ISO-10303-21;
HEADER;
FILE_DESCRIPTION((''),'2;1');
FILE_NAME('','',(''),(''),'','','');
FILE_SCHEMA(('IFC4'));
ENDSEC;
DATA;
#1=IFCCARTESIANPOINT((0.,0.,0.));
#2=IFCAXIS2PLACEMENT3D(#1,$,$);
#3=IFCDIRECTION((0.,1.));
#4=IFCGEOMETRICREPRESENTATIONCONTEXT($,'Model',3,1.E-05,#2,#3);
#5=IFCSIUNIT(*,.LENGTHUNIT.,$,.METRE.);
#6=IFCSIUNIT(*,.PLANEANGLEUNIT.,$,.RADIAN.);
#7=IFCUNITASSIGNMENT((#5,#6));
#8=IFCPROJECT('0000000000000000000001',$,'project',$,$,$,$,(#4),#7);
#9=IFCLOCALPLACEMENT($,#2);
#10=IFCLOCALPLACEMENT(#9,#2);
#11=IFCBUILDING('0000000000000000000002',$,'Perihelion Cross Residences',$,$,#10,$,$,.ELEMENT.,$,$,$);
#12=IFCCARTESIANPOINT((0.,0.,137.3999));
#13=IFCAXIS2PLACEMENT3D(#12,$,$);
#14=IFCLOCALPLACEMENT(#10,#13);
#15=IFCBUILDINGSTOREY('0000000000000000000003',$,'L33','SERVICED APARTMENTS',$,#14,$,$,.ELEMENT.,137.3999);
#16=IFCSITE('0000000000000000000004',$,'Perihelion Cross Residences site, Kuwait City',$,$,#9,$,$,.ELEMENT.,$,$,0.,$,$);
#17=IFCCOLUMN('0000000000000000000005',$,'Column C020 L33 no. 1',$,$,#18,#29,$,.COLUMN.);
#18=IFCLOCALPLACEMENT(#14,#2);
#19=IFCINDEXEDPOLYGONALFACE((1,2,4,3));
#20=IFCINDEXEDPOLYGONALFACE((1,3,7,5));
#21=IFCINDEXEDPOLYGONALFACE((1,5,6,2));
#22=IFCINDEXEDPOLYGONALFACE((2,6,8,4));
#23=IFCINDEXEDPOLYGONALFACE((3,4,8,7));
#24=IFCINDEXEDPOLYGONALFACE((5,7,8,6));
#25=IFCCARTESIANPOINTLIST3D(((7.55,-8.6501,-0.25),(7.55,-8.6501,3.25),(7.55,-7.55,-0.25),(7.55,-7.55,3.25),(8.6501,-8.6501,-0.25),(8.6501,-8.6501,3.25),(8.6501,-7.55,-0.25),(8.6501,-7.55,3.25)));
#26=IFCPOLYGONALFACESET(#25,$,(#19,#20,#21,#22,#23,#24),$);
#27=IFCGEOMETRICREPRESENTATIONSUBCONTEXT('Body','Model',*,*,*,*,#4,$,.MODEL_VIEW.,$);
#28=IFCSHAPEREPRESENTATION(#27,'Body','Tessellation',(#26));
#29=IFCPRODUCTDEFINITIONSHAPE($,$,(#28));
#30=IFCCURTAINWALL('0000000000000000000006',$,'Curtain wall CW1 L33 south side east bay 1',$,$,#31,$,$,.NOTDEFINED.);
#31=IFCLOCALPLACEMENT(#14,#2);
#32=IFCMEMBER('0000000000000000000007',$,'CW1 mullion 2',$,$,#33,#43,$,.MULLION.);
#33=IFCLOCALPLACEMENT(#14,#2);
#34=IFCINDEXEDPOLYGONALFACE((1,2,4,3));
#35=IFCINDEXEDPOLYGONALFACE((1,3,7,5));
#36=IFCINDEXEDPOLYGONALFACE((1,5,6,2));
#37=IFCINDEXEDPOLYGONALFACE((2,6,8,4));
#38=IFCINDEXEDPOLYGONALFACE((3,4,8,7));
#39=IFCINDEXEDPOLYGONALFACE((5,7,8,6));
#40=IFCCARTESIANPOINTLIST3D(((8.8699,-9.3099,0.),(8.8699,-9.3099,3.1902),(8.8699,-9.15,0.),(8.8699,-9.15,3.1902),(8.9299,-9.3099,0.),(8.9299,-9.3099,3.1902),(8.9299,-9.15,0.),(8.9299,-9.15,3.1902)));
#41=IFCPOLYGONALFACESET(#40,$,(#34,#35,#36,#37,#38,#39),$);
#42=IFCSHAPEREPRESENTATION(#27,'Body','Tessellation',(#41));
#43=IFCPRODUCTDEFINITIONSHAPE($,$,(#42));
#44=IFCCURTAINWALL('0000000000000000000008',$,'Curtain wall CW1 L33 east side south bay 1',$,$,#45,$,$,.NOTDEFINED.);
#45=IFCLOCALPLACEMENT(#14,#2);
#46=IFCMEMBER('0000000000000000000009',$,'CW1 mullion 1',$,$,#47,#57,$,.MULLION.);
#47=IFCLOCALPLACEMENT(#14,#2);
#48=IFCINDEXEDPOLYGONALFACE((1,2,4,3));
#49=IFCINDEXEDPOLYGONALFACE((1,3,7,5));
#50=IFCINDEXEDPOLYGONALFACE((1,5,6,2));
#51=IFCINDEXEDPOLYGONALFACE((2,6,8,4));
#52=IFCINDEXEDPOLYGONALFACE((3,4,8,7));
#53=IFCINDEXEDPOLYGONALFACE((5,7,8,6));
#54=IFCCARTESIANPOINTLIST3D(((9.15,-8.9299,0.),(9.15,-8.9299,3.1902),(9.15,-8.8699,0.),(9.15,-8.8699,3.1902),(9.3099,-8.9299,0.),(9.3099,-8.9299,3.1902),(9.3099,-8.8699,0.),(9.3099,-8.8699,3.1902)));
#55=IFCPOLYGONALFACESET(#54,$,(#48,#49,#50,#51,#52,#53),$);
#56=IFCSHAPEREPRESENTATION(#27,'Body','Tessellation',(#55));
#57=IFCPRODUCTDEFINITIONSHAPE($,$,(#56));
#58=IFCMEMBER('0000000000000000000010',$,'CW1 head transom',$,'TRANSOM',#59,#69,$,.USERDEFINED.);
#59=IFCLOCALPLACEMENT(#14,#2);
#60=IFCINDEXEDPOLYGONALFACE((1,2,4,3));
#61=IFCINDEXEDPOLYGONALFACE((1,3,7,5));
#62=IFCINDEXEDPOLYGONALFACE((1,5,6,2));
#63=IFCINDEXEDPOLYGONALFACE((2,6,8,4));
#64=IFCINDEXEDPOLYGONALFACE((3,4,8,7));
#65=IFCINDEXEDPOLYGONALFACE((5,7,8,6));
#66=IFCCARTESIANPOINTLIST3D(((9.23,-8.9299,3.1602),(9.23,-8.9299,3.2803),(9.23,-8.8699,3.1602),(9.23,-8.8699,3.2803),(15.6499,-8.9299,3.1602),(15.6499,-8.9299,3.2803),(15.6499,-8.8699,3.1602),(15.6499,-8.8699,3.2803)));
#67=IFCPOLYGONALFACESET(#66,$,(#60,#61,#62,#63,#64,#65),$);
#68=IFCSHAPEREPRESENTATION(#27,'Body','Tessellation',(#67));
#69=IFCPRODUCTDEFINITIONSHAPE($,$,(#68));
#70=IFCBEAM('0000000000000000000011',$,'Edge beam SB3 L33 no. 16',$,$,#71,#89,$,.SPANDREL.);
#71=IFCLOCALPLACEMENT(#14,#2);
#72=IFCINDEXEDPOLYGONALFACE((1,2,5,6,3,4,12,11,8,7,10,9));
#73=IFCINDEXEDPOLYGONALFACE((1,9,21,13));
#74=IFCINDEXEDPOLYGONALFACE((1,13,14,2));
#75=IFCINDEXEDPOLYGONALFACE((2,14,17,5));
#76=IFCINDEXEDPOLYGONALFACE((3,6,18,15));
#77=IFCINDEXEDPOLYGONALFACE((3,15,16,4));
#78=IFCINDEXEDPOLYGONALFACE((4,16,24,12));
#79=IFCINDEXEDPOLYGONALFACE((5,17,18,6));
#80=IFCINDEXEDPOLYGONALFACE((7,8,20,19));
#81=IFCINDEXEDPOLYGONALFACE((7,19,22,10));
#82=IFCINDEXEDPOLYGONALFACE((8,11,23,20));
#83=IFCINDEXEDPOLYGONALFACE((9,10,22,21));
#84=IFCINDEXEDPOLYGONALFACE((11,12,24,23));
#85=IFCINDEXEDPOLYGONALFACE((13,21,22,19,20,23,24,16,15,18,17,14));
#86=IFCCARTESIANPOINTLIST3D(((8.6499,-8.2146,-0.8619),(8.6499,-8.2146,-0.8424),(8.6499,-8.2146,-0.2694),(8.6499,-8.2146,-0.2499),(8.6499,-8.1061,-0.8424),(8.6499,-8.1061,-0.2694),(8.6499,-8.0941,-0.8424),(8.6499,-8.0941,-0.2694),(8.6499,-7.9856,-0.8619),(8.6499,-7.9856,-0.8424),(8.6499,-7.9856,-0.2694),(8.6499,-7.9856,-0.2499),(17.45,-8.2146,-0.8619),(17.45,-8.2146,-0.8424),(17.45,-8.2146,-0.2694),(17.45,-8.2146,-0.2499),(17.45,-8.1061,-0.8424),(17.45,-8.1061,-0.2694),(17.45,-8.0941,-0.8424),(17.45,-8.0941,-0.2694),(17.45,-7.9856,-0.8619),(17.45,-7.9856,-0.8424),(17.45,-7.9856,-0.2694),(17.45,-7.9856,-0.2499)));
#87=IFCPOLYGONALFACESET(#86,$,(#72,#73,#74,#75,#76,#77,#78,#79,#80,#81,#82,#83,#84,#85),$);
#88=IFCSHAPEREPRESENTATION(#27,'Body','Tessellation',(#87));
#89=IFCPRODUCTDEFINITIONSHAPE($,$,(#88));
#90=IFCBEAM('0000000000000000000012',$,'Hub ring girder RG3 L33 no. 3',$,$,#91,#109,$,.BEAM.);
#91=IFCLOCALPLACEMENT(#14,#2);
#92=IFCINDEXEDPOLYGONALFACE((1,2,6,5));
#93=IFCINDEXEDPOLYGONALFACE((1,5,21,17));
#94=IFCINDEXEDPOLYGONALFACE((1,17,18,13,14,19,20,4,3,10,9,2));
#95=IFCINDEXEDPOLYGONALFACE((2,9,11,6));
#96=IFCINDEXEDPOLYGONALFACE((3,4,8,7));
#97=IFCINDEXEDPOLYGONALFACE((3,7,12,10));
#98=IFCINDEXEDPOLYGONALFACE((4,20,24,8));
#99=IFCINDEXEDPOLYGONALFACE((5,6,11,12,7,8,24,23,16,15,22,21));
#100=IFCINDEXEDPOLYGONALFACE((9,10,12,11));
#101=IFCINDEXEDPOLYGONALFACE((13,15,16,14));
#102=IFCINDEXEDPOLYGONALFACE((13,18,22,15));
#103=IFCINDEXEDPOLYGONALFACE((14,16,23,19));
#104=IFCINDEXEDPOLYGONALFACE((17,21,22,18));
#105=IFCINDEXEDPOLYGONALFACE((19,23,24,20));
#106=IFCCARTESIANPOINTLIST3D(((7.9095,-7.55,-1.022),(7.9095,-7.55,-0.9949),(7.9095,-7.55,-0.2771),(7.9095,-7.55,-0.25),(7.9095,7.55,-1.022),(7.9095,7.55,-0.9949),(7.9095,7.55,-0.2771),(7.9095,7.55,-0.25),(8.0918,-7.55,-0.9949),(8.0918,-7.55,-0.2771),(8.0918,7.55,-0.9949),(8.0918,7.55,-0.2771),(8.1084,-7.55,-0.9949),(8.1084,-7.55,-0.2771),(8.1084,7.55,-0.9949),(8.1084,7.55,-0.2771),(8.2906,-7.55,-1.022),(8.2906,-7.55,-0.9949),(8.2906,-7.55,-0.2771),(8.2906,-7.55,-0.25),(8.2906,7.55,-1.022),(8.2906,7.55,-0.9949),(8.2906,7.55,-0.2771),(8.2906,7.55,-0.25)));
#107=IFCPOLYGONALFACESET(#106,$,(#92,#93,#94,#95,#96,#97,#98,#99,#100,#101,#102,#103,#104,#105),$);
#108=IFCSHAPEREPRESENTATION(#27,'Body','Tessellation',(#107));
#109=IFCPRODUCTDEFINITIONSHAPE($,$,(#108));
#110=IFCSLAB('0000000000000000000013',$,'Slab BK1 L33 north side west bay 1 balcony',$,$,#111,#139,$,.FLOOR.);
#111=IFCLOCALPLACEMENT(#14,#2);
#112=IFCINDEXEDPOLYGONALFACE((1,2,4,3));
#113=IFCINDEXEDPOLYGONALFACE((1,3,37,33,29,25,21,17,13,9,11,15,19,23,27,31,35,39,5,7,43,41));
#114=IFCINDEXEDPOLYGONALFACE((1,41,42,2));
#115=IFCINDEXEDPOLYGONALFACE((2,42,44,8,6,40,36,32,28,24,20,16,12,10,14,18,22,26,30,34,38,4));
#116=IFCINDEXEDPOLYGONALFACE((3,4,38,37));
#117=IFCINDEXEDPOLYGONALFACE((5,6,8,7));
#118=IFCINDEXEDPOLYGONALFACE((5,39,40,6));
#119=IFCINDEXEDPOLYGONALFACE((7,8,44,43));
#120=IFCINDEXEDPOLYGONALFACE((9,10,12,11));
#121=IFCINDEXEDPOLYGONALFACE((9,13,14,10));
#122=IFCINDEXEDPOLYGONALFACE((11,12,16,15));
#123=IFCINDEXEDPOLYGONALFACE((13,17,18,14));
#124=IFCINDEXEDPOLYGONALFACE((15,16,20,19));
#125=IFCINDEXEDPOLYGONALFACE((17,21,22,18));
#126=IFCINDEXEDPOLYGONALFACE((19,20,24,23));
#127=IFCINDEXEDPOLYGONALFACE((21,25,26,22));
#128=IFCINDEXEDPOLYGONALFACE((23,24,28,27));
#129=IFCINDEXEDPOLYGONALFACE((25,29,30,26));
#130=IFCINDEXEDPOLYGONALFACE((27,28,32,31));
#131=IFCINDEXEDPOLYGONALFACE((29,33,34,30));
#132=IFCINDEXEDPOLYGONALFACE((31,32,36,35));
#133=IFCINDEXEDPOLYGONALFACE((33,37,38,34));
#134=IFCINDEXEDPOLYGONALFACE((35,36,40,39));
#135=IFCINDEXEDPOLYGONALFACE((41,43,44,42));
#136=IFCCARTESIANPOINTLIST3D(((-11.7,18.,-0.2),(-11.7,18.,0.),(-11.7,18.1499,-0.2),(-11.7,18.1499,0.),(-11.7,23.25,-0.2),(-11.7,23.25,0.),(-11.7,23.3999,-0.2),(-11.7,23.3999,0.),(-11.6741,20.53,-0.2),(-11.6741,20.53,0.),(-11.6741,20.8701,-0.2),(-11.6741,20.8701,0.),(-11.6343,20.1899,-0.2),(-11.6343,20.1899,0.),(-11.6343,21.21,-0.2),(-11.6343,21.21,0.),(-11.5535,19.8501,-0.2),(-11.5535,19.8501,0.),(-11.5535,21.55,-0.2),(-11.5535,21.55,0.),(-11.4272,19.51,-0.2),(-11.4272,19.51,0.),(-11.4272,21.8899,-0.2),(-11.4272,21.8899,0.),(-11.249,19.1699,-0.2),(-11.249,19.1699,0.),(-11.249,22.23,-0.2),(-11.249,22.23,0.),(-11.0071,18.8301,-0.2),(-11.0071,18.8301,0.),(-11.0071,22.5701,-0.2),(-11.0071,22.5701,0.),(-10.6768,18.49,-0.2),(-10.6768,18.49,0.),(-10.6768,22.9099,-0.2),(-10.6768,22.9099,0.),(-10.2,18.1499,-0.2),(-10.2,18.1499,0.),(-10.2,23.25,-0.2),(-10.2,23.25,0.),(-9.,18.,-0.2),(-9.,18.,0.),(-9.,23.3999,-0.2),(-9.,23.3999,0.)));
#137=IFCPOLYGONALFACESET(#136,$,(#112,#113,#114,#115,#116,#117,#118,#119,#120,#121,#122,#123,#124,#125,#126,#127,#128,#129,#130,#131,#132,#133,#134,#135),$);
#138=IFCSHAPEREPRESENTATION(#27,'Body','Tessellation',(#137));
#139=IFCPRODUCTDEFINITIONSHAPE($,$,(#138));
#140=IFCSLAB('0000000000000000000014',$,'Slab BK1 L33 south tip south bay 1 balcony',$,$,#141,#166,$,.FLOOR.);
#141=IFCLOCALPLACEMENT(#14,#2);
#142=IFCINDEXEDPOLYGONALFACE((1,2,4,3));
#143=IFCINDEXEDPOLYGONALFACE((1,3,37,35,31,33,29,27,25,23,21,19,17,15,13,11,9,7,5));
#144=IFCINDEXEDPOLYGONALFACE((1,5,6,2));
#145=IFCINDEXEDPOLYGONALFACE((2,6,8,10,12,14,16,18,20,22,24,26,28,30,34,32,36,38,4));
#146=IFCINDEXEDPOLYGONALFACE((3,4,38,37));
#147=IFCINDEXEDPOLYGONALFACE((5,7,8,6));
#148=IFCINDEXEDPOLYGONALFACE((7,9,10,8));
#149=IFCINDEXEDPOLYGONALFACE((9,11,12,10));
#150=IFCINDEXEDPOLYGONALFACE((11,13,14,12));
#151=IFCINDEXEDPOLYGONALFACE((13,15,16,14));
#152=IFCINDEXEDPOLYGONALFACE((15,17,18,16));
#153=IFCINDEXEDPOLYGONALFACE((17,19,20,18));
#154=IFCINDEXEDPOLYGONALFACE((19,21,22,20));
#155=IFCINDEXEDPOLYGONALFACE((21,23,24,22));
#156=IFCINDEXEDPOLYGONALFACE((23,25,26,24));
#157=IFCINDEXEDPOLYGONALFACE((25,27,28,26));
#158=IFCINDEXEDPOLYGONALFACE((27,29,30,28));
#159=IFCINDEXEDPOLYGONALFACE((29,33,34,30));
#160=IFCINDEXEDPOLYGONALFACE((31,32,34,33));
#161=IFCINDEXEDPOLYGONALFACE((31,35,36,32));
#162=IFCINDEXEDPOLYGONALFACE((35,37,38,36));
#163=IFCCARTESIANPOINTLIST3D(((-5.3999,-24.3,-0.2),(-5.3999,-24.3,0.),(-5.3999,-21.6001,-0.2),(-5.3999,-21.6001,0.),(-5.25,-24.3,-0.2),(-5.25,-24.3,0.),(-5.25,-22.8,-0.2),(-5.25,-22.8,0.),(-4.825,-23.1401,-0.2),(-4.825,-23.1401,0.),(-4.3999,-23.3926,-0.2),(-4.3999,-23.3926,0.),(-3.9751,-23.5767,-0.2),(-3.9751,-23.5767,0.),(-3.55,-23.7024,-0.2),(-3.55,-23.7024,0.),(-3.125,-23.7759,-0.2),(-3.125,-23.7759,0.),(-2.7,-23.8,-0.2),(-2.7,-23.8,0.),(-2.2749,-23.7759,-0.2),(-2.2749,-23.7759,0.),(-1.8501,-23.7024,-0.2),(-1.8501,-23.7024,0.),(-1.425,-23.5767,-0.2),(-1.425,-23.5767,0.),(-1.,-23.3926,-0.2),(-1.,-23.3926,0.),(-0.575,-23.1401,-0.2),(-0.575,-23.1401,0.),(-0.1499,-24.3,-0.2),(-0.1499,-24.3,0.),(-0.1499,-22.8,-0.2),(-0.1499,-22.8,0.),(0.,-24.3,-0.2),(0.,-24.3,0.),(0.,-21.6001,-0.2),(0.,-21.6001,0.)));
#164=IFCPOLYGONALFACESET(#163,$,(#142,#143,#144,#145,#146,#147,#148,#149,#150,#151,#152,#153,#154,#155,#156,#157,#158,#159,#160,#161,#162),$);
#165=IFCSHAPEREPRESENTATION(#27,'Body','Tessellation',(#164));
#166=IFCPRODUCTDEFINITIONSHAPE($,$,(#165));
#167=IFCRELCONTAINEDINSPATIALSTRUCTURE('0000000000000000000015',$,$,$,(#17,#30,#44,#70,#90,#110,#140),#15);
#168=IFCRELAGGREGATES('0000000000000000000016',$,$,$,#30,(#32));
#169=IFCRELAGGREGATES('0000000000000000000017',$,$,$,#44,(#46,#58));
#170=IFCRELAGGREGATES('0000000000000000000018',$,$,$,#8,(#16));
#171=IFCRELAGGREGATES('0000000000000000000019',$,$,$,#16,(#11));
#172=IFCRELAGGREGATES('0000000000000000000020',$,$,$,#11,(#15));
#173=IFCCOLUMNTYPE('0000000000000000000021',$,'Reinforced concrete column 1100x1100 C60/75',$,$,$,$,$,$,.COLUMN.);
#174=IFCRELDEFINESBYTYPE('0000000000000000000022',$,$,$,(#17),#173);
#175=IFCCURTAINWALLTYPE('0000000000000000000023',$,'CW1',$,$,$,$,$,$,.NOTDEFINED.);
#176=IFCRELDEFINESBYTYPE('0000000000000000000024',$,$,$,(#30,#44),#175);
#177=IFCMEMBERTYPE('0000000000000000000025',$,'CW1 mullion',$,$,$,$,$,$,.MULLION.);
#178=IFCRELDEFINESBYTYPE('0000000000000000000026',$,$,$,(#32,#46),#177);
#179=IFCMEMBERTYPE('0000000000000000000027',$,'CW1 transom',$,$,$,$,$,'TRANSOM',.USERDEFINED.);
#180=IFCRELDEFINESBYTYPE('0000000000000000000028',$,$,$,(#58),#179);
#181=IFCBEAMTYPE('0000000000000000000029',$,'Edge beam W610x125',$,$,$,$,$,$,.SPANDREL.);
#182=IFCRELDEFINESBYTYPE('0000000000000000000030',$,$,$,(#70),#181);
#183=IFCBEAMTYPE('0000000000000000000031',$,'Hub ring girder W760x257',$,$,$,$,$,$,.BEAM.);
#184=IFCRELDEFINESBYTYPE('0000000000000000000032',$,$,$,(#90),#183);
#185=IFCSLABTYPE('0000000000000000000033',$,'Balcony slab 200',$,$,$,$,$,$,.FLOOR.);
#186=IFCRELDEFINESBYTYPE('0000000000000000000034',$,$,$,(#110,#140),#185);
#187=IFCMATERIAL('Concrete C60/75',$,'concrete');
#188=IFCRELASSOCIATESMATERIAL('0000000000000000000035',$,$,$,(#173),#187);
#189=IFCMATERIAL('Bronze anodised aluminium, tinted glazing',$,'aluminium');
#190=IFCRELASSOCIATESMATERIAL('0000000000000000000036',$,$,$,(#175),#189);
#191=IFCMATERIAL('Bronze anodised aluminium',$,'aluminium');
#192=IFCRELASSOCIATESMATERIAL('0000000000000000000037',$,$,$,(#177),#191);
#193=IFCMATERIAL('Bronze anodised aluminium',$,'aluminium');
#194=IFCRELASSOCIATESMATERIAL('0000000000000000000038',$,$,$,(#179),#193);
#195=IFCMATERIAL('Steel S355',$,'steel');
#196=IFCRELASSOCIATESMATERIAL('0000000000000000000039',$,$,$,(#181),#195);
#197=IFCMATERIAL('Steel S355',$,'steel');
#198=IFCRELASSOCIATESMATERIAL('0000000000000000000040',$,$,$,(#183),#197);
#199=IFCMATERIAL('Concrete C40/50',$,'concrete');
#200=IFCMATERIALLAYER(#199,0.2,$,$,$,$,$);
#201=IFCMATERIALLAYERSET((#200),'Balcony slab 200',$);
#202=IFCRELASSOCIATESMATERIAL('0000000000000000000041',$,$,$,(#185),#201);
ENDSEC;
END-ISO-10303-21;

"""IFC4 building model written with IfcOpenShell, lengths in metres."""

from ifc_helpers import new_model, si_unit, direction, frame, origin, origin_2d, place, context, subcontext, project, spatial, polyline, rectangle, i_section, outline, extrude, material, layer, layer_set, material_profile, profile_set, type_object, element, aggregate, save


model = new_model("IFC4")

# Units and contexts
model_context = context("Model", 3, precision=1e-05, world=origin(), true_north=direction((0.0, 1.0)))
body_context = subcontext(model_context, "Body", "Model", "MODEL_VIEW")
ifc_project = project(units=[si_unit("LENGTHUNIT", "METRE"), si_unit("PLANEANGLEUNIT", "RADIAN")], contexts=[model_context])

# Site, building, storey
site_placement = place(None, origin())
site = spatial("IfcSite", under=ifc_project, at=site_placement, Name="Perihelion Cross Residences site, Kuwait City", CompositionType="ELEMENT", RefElevation=0.0)
building_placement = place(site_placement, origin())
building = spatial("IfcBuilding", under=site, at=building_placement, Name="Perihelion Cross Residences", CompositionType="ELEMENT")
storey_placement = place(building_placement, frame((0.0, 0.0, 137.3999)))
storey = spatial("IfcBuildingStorey", under=building, at=storey_placement, Name="L33", Description="SERVICED APARTMENTS", CompositionType="ELEMENT", Elevation=137.3999)

# Column
ifc_material_1 = material(Name="Concrete C60/75", Category="concrete")
ifc_material_profile_1 = material_profile(ifc_material_1, rectangle(XDim=1.1001, YDim=1.1001, at=origin_2d()), Name="RC 1100x1100")
ifc_profile_set_1 = profile_set([ifc_material_profile_1], Name="Concrete C60/75")
column_type = type_object("IfcColumnType", Name="Reinforced concrete column 1100x1100 C60/75", PredefinedType="COLUMN", material=ifc_profile_set_1)
column_placement = place(storey_placement, frame((8.1001, -8.1001, -0.25), z_axis=(0.0, 0.0, 1.0), x_axis=(1.0, 0.0, 0.0)))
element("IfcColumn", 1, at=column_placement, inside=storey, type_object=column_type, Name="Column C020 L33 no. 1", PredefinedType="COLUMN", context=body_context, shape_type="SweptSolid", body=[
    extrude(rectangle(XDim=1.1001, YDim=1.1001, at=origin_2d()), origin(), (0.0, 0.0, 1.0), 3.5),
])

# Curtain wall, member
ifc_material_2 = material(Name="Bronze anodised aluminium, tinted glazing", Category="aluminium")
curtain_wall_type = type_object("IfcCurtainWallType", Name="CW1", PredefinedType="NOTDEFINED", material=ifc_material_2)
curtain_wall_1_placement = place(storey_placement, origin())
curtain_wall_1 = element("IfcCurtainWall", 2, at=curtain_wall_1_placement, inside=storey, type_object=curtain_wall_type, Name="Curtain wall CW1 L33 south side east bay 1", PredefinedType="NOTDEFINED")
ifc_material_3 = material(Name="Bronze anodised aluminium", Category="aluminium")
ifc_material_profile_2 = material_profile(ifc_material_3, rectangle(XDim=0.0601, YDim=0.1599, at=origin_2d()), Name="CW1 mullion")
ifc_profile_set_2 = profile_set([ifc_material_profile_2], Name="Bronze anodised aluminium")
member_type_1 = type_object("IfcMemberType", Name="CW1 mullion", PredefinedType="MULLION", material=ifc_profile_set_2)
member_1_placement = place(storey_placement, frame((8.8999, -9.23, 0.0), z_axis=(0.0, 0.0, 1.0), x_axis=(-1.0, 0.0, 0.0)))
member_1 = element("IfcMember", 3, at=member_1_placement, type_object=member_type_1, Name="CW1 mullion 2", PredefinedType="MULLION", context=body_context, shape_type="SweptSolid", body=[
    extrude(rectangle(XDim=0.0601, YDim=0.1599, at=origin_2d()), origin(), (0.0, 0.0, 1.0), 3.1902),
])
aggregate(curtain_wall_1, [member_1])

# Curtain wall, members
curtain_wall_2_placement = place(storey_placement, origin())
curtain_wall_2 = element("IfcCurtainWall", 4, at=curtain_wall_2_placement, inside=storey, type_object=curtain_wall_type, Name="Curtain wall CW1 L33 east side south bay 1", PredefinedType="NOTDEFINED")
member_2_placement = place(storey_placement, frame((9.23, -8.8999, 0.0), z_axis=(0.0, 0.0, 1.0), x_axis=(0.0, 1.0, 0.0)))
member_2 = element("IfcMember", 5, at=member_2_placement, type_object=member_type_1, Name="CW1 mullion 1", PredefinedType="MULLION", context=body_context, shape_type="SweptSolid", body=[
    extrude(rectangle(XDim=0.0601, YDim=0.1599, at=origin_2d()), origin(), (0.0, 0.0, 1.0), 3.1902),
])
ifc_material_4 = material(Name="Bronze anodised aluminium", Category="aluminium")
ifc_material_profile_3 = material_profile(ifc_material_4, rectangle(XDim=0.0601, YDim=0.1201, at=origin_2d()), Name="CW1 transom")
ifc_profile_set_3 = profile_set([ifc_material_profile_3], Name="Bronze anodised aluminium")
member_type_2 = type_object("IfcMemberType", Name="CW1 transom", ElementType="TRANSOM", PredefinedType="USERDEFINED", material=ifc_profile_set_3)
member_3_placement = place(storey_placement, frame((9.23, -8.8999, 3.2202), z_axis=(1.0, 0.0, 0.0), x_axis=(0.0, 1.0, 0.0)))
member_3 = element("IfcMember", 6, at=member_3_placement, type_object=member_type_2, Name="CW1 head transom", ObjectType="TRANSOM", PredefinedType="USERDEFINED", context=body_context, shape_type="SweptSolid", body=[
    extrude(rectangle(XDim=0.0601, YDim=0.1201, at=origin_2d()), origin(), (0.0, 0.0, 1.0), 6.4199),
])
aggregate(curtain_wall_2, [member_2, member_3])

# Beams
ifc_material_5 = material(Name="Steel S355", Category="steel")
ifc_material_profile_4 = material_profile(ifc_material_5, i_section(OverallWidth=0.229, OverallDepth=0.6121, WebThickness=0.012, FlangeThickness=0.0195, at=origin_2d()), Name="W610x125")
ifc_profile_set_4 = profile_set([ifc_material_profile_4], Name="Steel S355")
beam_type_1 = type_object("IfcBeamType", Name="Edge beam W610x125", PredefinedType="SPANDREL", material=ifc_profile_set_4)
beam_1_placement = place(storey_placement, frame((8.6499, -8.1001, -0.5559), z_axis=(1.0, 0.0, 0.0), x_axis=(0.0, 1.0, 0.0)))
element("IfcBeam", 7, at=beam_1_placement, inside=storey, type_object=beam_type_1, Name="Edge beam SB3 L33 no. 16", PredefinedType="SPANDREL", context=body_context, shape_type="SweptSolid", body=[
    extrude(i_section(OverallWidth=0.229, OverallDepth=0.6121, WebThickness=0.012, FlangeThickness=0.0195, at=origin_2d()), origin(), (0.0, 0.0, 1.0), 8.8),
])
ifc_material_6 = material(Name="Steel S355", Category="steel")
ifc_material_profile_5 = material_profile(ifc_material_6, i_section(OverallWidth=0.3811, OverallDepth=0.772, WebThickness=0.0166, FlangeThickness=0.0271, at=origin_2d()), Name="W760x257")
ifc_profile_set_5 = profile_set([ifc_material_profile_5], Name="Steel S355")
beam_type_2 = type_object("IfcBeamType", Name="Hub ring girder W760x257", PredefinedType="BEAM", material=ifc_profile_set_5)
beam_2_placement = place(storey_placement, frame((8.1001, -7.55, -0.636), z_axis=(0.0, 1.0, 0.0), x_axis=(-1.0, 0.0, 0.0)))
element("IfcBeam", 8, at=beam_2_placement, inside=storey, type_object=beam_type_2, Name="Hub ring girder RG3 L33 no. 3", PredefinedType="BEAM", context=body_context, shape_type="SweptSolid", body=[
    extrude(i_section(OverallWidth=0.3811, OverallDepth=0.772, WebThickness=0.0166, FlangeThickness=0.0271, at=origin_2d()), origin(), (0.0, 0.0, 1.0), 15.1001),
])

# Slabs
ifc_material_7 = material(Name="Concrete C40/50", Category="concrete")
ifc_layer_1 = layer(ifc_material_7, 0.2)
ifc_layer_set_1 = layer_set([ifc_layer_1], Name="Balcony slab 200")
slab_type_1 = type_object("IfcSlabType", Name="Balcony slab 200", PredefinedType="FLOOR", material=ifc_layer_set_1)
slab_1_placement = place(storey_placement, frame((0.0, 0.0, -0.2)))
element("IfcSlab", 9, at=slab_1_placement, inside=storey, type_object=slab_type_1, Name="Slab BK1 L33 north side west bay 1 balcony", PredefinedType="FLOOR", context=body_context, shape_type="SweptSolid", body=[
    extrude(outline(polyline([(-9.0, 23.3999), (-9.0, 18.0), (-11.7, 18.0), (-11.7, 18.1499), (-10.2, 18.1499), (-10.6768, 18.49), (-11.0071, 18.8301), (-11.249, 19.1699), (-11.4272, 19.51), (-11.5535, 19.8501), (-11.6343, 20.1899), (-11.6741, 20.53), (-11.6741, 20.8701), (-11.6343, 21.21), (-11.5535, 21.55), (-11.4272, 21.8899), (-11.249, 22.23), (-11.0071, 22.5701), (-10.6768, 22.9099), (-10.2, 23.25), (-11.7, 23.25), (-11.7, 23.3999), (-9.0, 23.3999)])), origin(), (0.0, 0.0, 1.0), 0.2),
])
slab_2_placement = place(storey_placement, frame((0.0, 0.0, -0.2)))
element("IfcSlab", 10, at=slab_2_placement, inside=storey, type_object=slab_type_1, Name="Slab BK1 L33 south tip south bay 1 balcony", PredefinedType="FLOOR", context=body_context, shape_type="SweptSolid", body=[
    extrude(outline(polyline([(-5.3999, -21.6001), (0.0, -21.6001), (0.0, -24.3), (-0.1499, -24.3), (-0.1499, -22.8), (-0.575, -23.1401), (-1.0, -23.3926), (-1.425, -23.5767), (-1.8501, -23.7024), (-2.2749, -23.7759), (-2.7, -23.8), (-3.125, -23.7759), (-3.55, -23.7024), (-3.9751, -23.5767), (-4.3999, -23.3926), (-4.825, -23.1401), (-5.25, -22.8), (-5.25, -24.3), (-5.3999, -24.3), (-5.3999, -21.6001)])), origin(), (0.0, 0.0, 1.0), 0.2),
])

save(model, "model.ifc")
